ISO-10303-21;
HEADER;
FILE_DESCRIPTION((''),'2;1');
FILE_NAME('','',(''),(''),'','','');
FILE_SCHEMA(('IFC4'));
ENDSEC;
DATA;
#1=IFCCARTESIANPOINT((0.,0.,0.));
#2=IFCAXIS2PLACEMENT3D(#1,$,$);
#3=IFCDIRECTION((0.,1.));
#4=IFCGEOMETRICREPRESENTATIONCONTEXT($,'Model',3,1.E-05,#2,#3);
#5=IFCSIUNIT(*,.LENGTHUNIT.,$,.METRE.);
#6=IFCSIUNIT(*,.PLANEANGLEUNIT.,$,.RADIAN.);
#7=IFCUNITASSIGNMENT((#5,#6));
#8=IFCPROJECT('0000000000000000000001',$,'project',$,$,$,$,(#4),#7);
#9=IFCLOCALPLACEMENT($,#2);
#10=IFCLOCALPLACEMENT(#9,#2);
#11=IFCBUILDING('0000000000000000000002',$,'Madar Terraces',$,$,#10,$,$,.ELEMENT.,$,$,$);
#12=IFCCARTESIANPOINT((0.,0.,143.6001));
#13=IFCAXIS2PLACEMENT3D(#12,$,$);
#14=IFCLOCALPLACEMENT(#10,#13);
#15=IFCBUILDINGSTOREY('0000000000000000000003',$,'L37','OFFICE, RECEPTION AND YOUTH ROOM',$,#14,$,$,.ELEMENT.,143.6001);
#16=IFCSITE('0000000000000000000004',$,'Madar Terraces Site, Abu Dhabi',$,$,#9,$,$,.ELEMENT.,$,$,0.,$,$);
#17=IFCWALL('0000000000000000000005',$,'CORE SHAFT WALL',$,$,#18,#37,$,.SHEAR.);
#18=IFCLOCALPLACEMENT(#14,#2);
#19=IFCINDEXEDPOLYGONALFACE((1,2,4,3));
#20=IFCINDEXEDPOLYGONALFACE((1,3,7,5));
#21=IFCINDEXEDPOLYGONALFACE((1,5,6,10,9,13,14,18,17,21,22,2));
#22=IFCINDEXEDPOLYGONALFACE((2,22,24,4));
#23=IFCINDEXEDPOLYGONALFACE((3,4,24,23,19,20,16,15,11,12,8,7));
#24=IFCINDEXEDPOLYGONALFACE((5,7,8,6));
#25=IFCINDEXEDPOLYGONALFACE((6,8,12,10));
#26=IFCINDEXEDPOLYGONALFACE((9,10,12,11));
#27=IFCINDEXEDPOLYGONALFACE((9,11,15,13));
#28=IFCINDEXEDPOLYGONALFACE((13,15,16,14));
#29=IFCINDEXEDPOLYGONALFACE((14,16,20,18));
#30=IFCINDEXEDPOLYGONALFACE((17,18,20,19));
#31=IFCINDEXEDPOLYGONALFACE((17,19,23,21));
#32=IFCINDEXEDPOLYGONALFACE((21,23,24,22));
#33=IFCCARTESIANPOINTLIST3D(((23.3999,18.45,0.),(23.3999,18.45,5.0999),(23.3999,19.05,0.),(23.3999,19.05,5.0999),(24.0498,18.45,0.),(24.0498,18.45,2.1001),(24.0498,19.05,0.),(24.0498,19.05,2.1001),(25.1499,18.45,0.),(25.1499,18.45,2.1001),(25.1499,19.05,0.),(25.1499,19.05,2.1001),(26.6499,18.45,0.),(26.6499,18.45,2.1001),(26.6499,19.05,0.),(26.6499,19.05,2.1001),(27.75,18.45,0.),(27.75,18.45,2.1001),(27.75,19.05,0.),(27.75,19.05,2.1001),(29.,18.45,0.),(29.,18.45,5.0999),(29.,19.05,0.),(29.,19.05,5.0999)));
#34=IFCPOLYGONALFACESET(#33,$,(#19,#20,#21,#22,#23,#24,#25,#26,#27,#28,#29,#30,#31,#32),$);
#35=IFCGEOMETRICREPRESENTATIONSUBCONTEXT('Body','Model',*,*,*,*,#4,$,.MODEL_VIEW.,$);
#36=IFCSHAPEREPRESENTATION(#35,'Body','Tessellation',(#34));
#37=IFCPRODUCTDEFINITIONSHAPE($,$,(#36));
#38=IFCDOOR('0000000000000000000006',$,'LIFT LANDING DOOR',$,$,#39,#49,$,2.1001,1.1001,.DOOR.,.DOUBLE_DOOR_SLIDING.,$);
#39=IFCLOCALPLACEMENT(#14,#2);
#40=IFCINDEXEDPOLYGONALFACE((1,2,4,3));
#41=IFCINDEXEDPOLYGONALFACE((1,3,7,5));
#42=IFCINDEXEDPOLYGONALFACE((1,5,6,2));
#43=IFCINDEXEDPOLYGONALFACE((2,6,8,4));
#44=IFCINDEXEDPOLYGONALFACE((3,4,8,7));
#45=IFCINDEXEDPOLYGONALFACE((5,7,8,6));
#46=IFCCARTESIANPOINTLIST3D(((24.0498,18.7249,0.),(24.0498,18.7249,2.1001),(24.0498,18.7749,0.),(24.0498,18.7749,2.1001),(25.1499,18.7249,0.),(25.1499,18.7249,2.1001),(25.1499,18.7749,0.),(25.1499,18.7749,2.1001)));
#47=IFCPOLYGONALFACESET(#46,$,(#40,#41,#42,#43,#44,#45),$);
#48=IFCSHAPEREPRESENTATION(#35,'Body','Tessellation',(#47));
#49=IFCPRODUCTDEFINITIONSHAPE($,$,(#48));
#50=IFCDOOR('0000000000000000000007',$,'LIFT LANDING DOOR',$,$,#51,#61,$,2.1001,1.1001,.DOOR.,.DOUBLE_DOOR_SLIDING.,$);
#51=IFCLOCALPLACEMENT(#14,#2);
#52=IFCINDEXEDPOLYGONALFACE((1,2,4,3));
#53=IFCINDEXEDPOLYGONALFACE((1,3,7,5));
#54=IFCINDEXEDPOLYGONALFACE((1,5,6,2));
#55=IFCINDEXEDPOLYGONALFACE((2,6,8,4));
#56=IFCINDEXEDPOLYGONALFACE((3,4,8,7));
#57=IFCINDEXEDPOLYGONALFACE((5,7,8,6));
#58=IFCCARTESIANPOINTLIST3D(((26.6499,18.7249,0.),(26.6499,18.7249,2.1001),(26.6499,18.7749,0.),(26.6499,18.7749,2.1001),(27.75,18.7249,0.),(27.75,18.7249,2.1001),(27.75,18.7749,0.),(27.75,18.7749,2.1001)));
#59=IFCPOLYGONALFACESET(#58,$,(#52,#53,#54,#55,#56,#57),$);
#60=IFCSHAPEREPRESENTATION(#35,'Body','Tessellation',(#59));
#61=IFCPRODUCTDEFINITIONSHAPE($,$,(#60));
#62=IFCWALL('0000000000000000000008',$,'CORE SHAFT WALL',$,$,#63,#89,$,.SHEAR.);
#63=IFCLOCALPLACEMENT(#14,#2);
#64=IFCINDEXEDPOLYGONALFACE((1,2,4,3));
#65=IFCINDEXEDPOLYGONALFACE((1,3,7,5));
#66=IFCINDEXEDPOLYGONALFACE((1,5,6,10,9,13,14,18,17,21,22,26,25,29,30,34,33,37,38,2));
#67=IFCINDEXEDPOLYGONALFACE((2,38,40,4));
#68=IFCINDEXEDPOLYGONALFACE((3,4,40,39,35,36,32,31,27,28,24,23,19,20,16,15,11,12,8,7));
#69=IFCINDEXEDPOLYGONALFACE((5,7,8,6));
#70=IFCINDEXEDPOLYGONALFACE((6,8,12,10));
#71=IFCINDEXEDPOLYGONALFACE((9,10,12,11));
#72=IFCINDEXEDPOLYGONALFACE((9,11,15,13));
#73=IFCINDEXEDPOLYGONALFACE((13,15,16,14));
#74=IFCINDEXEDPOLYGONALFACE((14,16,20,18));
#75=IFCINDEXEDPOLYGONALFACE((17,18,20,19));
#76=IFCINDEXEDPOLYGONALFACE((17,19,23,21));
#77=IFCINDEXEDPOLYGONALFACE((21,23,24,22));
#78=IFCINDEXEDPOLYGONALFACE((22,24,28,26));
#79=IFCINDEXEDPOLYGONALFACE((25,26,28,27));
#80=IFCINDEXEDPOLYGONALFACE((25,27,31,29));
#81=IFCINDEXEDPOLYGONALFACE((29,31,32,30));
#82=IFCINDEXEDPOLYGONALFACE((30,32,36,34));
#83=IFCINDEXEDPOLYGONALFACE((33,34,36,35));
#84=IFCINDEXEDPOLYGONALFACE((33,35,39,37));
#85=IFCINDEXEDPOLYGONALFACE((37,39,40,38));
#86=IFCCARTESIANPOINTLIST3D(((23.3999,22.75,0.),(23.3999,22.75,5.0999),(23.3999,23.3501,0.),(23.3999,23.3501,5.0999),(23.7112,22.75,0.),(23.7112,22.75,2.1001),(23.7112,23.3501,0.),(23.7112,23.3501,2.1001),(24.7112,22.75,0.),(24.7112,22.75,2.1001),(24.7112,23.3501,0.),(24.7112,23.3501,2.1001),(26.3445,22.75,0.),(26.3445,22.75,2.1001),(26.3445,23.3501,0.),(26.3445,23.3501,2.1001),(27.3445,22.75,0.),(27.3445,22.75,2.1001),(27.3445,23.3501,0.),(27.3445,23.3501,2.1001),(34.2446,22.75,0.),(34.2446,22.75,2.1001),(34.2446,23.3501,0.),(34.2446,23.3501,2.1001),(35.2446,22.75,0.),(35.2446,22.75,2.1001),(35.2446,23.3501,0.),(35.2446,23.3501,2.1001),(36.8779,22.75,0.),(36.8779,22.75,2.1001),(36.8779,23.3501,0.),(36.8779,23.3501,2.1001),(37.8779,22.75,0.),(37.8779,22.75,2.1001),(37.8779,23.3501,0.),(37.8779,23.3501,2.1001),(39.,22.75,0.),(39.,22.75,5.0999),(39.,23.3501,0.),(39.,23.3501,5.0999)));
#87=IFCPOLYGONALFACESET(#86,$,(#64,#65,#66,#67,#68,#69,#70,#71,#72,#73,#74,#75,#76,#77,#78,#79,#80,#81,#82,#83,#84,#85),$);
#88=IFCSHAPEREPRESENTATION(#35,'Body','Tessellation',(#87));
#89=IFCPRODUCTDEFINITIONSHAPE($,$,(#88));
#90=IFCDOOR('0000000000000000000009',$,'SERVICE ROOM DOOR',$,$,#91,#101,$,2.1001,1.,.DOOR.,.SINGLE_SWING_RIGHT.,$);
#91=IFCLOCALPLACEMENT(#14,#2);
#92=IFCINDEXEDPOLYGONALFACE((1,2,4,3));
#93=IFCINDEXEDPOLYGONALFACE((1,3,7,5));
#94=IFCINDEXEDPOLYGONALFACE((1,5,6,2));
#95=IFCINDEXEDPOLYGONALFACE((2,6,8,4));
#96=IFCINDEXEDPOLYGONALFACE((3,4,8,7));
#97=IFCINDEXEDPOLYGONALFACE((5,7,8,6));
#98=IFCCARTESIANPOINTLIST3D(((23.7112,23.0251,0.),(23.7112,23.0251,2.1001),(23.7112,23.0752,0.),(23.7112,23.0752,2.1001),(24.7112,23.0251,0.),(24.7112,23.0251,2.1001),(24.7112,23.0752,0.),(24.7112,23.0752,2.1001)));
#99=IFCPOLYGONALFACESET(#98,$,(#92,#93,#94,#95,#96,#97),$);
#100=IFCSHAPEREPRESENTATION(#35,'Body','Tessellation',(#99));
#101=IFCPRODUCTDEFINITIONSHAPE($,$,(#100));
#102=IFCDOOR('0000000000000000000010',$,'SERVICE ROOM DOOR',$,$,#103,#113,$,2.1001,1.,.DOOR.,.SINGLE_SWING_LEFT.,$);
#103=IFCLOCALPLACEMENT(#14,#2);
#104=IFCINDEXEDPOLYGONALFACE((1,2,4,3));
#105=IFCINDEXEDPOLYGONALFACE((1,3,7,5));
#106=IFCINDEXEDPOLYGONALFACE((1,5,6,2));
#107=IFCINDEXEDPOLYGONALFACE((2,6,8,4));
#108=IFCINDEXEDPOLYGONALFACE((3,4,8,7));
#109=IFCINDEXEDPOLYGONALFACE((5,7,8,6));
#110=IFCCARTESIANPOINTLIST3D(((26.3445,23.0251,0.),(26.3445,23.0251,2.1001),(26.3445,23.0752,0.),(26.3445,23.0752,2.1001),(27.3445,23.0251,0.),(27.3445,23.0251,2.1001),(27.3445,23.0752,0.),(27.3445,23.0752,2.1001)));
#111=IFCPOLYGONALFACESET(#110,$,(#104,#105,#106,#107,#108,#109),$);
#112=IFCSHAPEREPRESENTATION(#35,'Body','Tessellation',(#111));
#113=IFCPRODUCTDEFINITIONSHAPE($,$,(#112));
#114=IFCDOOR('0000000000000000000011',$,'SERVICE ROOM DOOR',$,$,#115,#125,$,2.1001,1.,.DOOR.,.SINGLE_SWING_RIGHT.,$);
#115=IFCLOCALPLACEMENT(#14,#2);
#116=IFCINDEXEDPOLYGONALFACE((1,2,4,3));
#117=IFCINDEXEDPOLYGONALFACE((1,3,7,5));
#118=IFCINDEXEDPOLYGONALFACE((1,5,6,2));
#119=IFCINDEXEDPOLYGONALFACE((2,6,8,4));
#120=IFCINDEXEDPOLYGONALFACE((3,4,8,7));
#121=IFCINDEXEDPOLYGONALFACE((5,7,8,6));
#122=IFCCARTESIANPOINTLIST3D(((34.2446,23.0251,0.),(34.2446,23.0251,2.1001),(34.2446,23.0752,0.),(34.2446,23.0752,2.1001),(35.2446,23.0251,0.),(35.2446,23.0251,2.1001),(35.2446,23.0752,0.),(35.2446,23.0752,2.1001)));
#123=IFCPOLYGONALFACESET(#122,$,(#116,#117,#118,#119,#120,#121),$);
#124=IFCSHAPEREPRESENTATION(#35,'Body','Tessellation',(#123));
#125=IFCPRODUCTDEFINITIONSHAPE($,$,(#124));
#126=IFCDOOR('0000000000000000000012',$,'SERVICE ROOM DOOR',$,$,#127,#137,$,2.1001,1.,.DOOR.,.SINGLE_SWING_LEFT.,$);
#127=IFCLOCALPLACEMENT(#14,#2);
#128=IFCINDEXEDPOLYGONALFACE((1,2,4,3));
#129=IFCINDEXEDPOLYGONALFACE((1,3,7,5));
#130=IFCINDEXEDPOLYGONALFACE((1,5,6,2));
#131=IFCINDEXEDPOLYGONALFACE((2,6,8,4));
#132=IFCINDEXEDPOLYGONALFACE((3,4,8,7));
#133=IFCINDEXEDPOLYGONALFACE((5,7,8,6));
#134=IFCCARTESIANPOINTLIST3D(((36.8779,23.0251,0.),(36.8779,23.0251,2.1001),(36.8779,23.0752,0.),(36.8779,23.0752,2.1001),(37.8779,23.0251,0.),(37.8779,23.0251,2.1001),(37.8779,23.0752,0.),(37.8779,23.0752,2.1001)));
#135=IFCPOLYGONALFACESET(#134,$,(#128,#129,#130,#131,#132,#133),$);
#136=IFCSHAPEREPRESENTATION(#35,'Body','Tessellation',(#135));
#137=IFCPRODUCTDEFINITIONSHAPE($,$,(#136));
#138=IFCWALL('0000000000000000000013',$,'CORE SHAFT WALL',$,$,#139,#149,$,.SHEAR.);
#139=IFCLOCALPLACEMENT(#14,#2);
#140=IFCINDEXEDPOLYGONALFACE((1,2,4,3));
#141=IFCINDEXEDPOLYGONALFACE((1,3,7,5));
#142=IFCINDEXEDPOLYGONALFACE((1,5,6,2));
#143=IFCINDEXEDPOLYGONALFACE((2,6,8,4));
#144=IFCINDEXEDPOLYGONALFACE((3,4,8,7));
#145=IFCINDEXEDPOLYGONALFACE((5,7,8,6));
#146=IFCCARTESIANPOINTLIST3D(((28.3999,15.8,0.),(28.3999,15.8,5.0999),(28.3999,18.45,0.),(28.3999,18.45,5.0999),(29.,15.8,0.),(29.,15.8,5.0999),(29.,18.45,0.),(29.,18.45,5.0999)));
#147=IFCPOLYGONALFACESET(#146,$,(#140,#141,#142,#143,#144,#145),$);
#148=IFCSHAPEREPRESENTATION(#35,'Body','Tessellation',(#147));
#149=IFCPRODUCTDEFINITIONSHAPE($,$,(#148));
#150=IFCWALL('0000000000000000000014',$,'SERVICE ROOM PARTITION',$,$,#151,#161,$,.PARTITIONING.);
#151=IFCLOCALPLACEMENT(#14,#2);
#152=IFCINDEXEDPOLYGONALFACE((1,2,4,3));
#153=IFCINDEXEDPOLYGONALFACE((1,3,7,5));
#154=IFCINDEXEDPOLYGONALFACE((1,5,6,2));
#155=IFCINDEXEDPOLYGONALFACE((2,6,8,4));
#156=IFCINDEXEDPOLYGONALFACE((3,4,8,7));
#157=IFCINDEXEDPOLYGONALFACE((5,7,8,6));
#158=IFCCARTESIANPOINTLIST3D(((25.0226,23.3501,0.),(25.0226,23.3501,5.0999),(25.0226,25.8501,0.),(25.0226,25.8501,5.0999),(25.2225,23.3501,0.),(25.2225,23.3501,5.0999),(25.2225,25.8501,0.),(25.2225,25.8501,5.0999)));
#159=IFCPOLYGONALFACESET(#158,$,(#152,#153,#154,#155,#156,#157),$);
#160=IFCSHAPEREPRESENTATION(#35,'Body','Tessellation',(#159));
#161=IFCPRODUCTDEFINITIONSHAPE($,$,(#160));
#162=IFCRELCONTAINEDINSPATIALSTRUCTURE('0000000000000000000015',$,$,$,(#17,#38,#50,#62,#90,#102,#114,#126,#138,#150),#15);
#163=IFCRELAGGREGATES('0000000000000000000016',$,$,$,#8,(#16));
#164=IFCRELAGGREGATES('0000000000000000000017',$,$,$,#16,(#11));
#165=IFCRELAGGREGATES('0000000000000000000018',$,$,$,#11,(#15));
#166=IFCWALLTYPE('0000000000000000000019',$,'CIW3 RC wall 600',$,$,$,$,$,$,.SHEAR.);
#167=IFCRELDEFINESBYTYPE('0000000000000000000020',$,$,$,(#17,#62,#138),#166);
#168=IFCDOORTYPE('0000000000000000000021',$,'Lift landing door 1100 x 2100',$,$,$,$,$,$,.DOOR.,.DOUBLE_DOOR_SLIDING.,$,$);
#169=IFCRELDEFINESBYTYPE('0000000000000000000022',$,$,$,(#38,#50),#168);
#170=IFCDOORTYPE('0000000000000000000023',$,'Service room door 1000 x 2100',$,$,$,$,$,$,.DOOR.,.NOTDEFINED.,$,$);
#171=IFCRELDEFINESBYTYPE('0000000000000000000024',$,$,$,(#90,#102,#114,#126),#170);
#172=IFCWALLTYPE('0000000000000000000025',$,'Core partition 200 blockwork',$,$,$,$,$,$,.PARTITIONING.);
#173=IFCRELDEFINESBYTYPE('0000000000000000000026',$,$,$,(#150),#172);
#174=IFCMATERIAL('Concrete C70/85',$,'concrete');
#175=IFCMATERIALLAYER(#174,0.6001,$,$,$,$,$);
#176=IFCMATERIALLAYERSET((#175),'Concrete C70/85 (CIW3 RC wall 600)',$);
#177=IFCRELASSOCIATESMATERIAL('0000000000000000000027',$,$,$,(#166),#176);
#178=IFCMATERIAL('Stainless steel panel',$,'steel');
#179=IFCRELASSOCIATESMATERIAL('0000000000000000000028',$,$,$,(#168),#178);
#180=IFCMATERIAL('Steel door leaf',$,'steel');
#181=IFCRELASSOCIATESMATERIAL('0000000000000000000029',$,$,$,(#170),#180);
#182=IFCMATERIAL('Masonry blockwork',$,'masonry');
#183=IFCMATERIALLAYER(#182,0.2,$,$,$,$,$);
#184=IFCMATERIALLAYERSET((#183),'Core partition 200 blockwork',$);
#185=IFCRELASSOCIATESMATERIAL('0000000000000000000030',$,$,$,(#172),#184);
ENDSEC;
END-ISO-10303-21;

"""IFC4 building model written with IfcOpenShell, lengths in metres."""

from ifc_helpers import new_model, si_unit, direction, frame, frame_2d, origin, place, context, subcontext, project, spatial, rectangle, extrude, material, layer, layer_set, type_object, element, fill, save


model = new_model("IFC4")

# Units and contexts
model_context = context("Model", 3, precision=1e-05, world=origin(), true_north=direction((0.0, 1.0)))
body_context = subcontext(model_context, "Body", "Model", "MODEL_VIEW")
ifc_project = project(units=[si_unit("LENGTHUNIT", "METRE"), si_unit("PLANEANGLEUNIT", "RADIAN")], contexts=[model_context])

# Site, building, storey
site_placement = place(None, origin())
site = spatial("IfcSite", under=ifc_project, at=site_placement, Name="Madar Terraces Site, Abu Dhabi", CompositionType="ELEMENT", RefElevation=0.0)
building_placement = place(site_placement, origin())
building = spatial("IfcBuilding", under=site, at=building_placement, Name="Madar Terraces", CompositionType="ELEMENT")
storey_placement = place(building_placement, frame((0.0, 0.0, 143.6001)))
storey = spatial("IfcBuildingStorey", under=building, at=storey_placement, Name="L37", Description="OFFICE, RECEPTION AND YOUTH ROOM", CompositionType="ELEMENT", Elevation=143.6001)

# Shared definitions
ifc_material_1 = material(Name="Concrete C70/85", Category="concrete")
ifc_layer_1 = layer(ifc_material_1, 0.6001)
ifc_layer_set_1 = layer_set([ifc_layer_1], Name="Concrete C70/85 (CIW3 RC wall 600)")
wall_type_1 = type_object("IfcWallType", Name="CIW3 RC wall 600", PredefinedType="SHEAR", material=ifc_layer_set_1)

# Walls, openings, doors
wall_1_placement = place(storey_placement, frame((23.3999, 18.75, 0.0), z_axis=(0.0, 0.0, 1.0), x_axis=(1.0, 0.0, 0.0)))
wall_1 = element("IfcWall", 1, at=wall_1_placement, inside=storey, type_object=wall_type_1, Name="CORE SHAFT WALL", PredefinedType="SHEAR", context=body_context, shape_type="SweptSolid", body=[
    extrude(rectangle(XDim=5.6001, YDim=0.6001, at=frame_2d((2.8, 0.0))), origin(), (0.0, 0.0, 1.0), 5.0999),
])
opening_1_placement = place(wall_1_placement, frame((0.6499, 0.0, 0.0)))
opening_1 = element("IfcOpeningElement", 2, at=opening_1_placement, cuts=wall_1, PredefinedType="OPENING", context=body_context, shape_type="SweptSolid", body=[
    extrude(rectangle(XDim=1.1001, YDim=2.1001, at=frame_2d((0.55, 1.05))), frame((0.0, 0.3101, 0.0), z_axis=(0.0, -1.0, 0.0), x_axis=(1.0, 0.0, 0.0)), (0.0, 0.0, 1.0), 0.6201),
])
opening_2_placement = place(wall_1_placement, frame((3.25, 0.0, 0.0)))
opening_2 = element("IfcOpeningElement", 3, at=opening_2_placement, cuts=wall_1, PredefinedType="OPENING", context=body_context, shape_type="SweptSolid", body=[
    extrude(rectangle(XDim=1.1001, YDim=2.1001, at=frame_2d((0.55, 1.05))), frame((0.0, 0.3101, 0.0), z_axis=(0.0, -1.0, 0.0), x_axis=(1.0, 0.0, 0.0)), (0.0, 0.0, 1.0), 0.6201),
])
ifc_material_2 = material(Name="Stainless steel panel", Category="steel")
door_type_1 = type_object("IfcDoorType", Name="Lift landing door 1100 x 2100", OperationType="DOUBLE_DOOR_SLIDING", PredefinedType="DOOR", material=ifc_material_2)
door_1_placement = place(opening_1_placement, origin())
door_1 = element("IfcDoor", 4, at=door_1_placement, inside=storey, type_object=door_type_1, Name="LIFT LANDING DOOR", OperationType="DOUBLE_DOOR_SLIDING", OverallHeight=2.1001, OverallWidth=1.1001, PredefinedType="DOOR", context=body_context, shape_type="SweptSolid", body=[
    extrude(rectangle(XDim=1.1001, YDim=2.1001, at=frame_2d((0.55, 1.05))), frame((0.0, 0.0249, 0.0), z_axis=(0.0, -1.0, 0.0), x_axis=(1.0, 0.0, 0.0)), (0.0, 0.0, 1.0), 0.05),
])
fill(opening_1, door_1)
door_2_placement = place(opening_2_placement, origin())
door_2 = element("IfcDoor", 5, at=door_2_placement, inside=storey, type_object=door_type_1, Name="LIFT LANDING DOOR", OperationType="DOUBLE_DOOR_SLIDING", OverallHeight=2.1001, OverallWidth=1.1001, PredefinedType="DOOR", context=body_context, shape_type="SweptSolid", body=[
    extrude(rectangle(XDim=1.1001, YDim=2.1001, at=frame_2d((0.55, 1.05))), frame((0.0, 0.0249, 0.0), z_axis=(0.0, -1.0, 0.0), x_axis=(1.0, 0.0, 0.0)), (0.0, 0.0, 1.0), 0.05),
])
fill(opening_2, door_2)
wall_2_placement = place(storey_placement, frame((23.3999, 23.05, 0.0), z_axis=(0.0, 0.0, 1.0), x_axis=(1.0, 0.0, 0.0)))
wall_2 = element("IfcWall", 6, at=wall_2_placement, inside=storey, type_object=wall_type_1, Name="CORE SHAFT WALL", PredefinedType="SHEAR", context=body_context, shape_type="SweptSolid", body=[
    extrude(rectangle(XDim=15.6001, YDim=0.6001, at=frame_2d((7.8, 0.0))), origin(), (0.0, 0.0, 1.0), 5.0999),
])
opening_3_placement = place(wall_2_placement, frame((0.3113, 0.0, 0.0)))
opening_3 = element("IfcOpeningElement", 7, at=opening_3_placement, cuts=wall_2, PredefinedType="OPENING", context=body_context, shape_type="SweptSolid", body=[
    extrude(rectangle(XDim=1.0, YDim=2.1001, at=frame_2d((0.5, 1.05))), frame((0.0, 0.3101, 0.0), z_axis=(0.0, -1.0, 0.0), x_axis=(1.0, 0.0, 0.0)), (0.0, 0.0, 1.0), 0.6201),
])
opening_4_placement = place(wall_2_placement, frame((2.9446, 0.0, 0.0)))
opening_4 = element("IfcOpeningElement", 8, at=opening_4_placement, cuts=wall_2, PredefinedType="OPENING", context=body_context, shape_type="SweptSolid", body=[
    extrude(rectangle(XDim=1.0, YDim=2.1001, at=frame_2d((0.5, 1.05))), frame((0.0, 0.3101, 0.0), z_axis=(0.0, -1.0, 0.0), x_axis=(1.0, 0.0, 0.0)), (0.0, 0.0, 1.0), 0.6201),
])
opening_5_placement = place(wall_2_placement, frame((10.8447, 0.0, 0.0)))
opening_5 = element("IfcOpeningElement", 9, at=opening_5_placement, cuts=wall_2, PredefinedType="OPENING", context=body_context, shape_type="SweptSolid", body=[
    extrude(rectangle(XDim=1.0, YDim=2.1001, at=frame_2d((0.5, 1.05))), frame((0.0, 0.3101, 0.0), z_axis=(0.0, -1.0, 0.0), x_axis=(1.0, 0.0, 0.0)), (0.0, 0.0, 1.0), 0.6201),
])
opening_6_placement = place(wall_2_placement, frame((13.478, 0.0, 0.0)))
opening_6 = element("IfcOpeningElement", 10, at=opening_6_placement, cuts=wall_2, PredefinedType="OPENING", context=body_context, shape_type="SweptSolid", body=[
    extrude(rectangle(XDim=1.0, YDim=2.1001, at=frame_2d((0.5, 1.05))), frame((0.0, 0.3101, 0.0), z_axis=(0.0, -1.0, 0.0), x_axis=(1.0, 0.0, 0.0)), (0.0, 0.0, 1.0), 0.6201),
])
ifc_material_3 = material(Name="Steel door leaf", Category="steel")
door_type_2 = type_object("IfcDoorType", Name="Service room door 1000 x 2100", OperationType="NOTDEFINED", PredefinedType="DOOR", material=ifc_material_3)
door_3_placement = place(opening_3_placement, frame((1.0, 0.0, 0.0), z_axis=(0.0, 0.0, 1.0), x_axis=(-1.0, 0.0, 0.0)))
door_3 = element("IfcDoor", 11, at=door_3_placement, inside=storey, type_object=door_type_2, Name="SERVICE ROOM DOOR", OperationType="SINGLE_SWING_RIGHT", OverallHeight=2.1001, OverallWidth=1.0, PredefinedType="DOOR", context=body_context, shape_type="SweptSolid", body=[
    extrude(rectangle(XDim=1.0, YDim=2.1001, at=frame_2d((0.5, 1.05))), frame((0.0, 0.0249, 0.0), z_axis=(0.0, -1.0, 0.0), x_axis=(1.0, 0.0, 0.0)), (0.0, 0.0, 1.0), 0.05),
])
fill(opening_3, door_3)
door_4_placement = place(opening_4_placement, frame((1.0, 0.0, 0.0), z_axis=(0.0, 0.0, 1.0), x_axis=(-1.0, 0.0, 0.0)))
door_4 = element("IfcDoor", 12, at=door_4_placement, inside=storey, type_object=door_type_2, Name="SERVICE ROOM DOOR", OperationType="SINGLE_SWING_LEFT", OverallHeight=2.1001, OverallWidth=1.0, PredefinedType="DOOR", context=body_context, shape_type="SweptSolid", body=[
    extrude(rectangle(XDim=1.0, YDim=2.1001, at=frame_2d((0.5, 1.05))), frame((0.0, 0.0249, 0.0), z_axis=(0.0, -1.0, 0.0), x_axis=(1.0, 0.0, 0.0)), (0.0, 0.0, 1.0), 0.05),
])
fill(opening_4, door_4)
door_5_placement = place(opening_5_placement, frame((1.0, 0.0, 0.0), z_axis=(0.0, 0.0, 1.0), x_axis=(-1.0, 0.0, 0.0)))
door_5 = element("IfcDoor", 13, at=door_5_placement, inside=storey, type_object=door_type_2, Name="SERVICE ROOM DOOR", OperationType="SINGLE_SWING_RIGHT", OverallHeight=2.1001, OverallWidth=1.0, PredefinedType="DOOR", context=body_context, shape_type="SweptSolid", body=[
    extrude(rectangle(XDim=1.0, YDim=2.1001, at=frame_2d((0.5, 1.05))), frame((0.0, 0.0249, 0.0), z_axis=(0.0, -1.0, 0.0), x_axis=(1.0, 0.0, 0.0)), (0.0, 0.0, 1.0), 0.05),
])
fill(opening_5, door_5)
door_6_placement = place(opening_6_placement, frame((1.0, 0.0, 0.0), z_axis=(0.0, 0.0, 1.0), x_axis=(-1.0, 0.0, 0.0)))
door_6 = element("IfcDoor", 14, at=door_6_placement, inside=storey, type_object=door_type_2, Name="SERVICE ROOM DOOR", OperationType="SINGLE_SWING_LEFT", OverallHeight=2.1001, OverallWidth=1.0, PredefinedType="DOOR", context=body_context, shape_type="SweptSolid", body=[
    extrude(rectangle(XDim=1.0, YDim=2.1001, at=frame_2d((0.5, 1.05))), frame((0.0, 0.0249, 0.0), z_axis=(0.0, -1.0, 0.0), x_axis=(1.0, 0.0, 0.0)), (0.0, 0.0, 1.0), 0.05),
])
fill(opening_6, door_6)

# Walls
wall_3_placement = place(storey_placement, frame((28.7, 15.8, 0.0), z_axis=(0.0, 0.0, 1.0), x_axis=(0.0, 1.0, 0.0)))
element("IfcWall", 15, at=wall_3_placement, inside=storey, type_object=wall_type_1, Name="CORE SHAFT WALL", PredefinedType="SHEAR", context=body_context, shape_type="SweptSolid", body=[
    extrude(rectangle(XDim=2.6499, YDim=0.6001, at=frame_2d((1.325, 0.0))), origin(), (0.0, 0.0, 1.0), 5.0999),
])
ifc_material_4 = material(Name="Masonry blockwork", Category="masonry")
ifc_layer_2 = layer(ifc_material_4, 0.2)
ifc_layer_set_2 = layer_set([ifc_layer_2], Name="Core partition 200 blockwork")
wall_type_2 = type_object("IfcWallType", Name="Core partition 200 blockwork", PredefinedType="PARTITIONING", material=ifc_layer_set_2)
wall_4_placement = place(storey_placement, frame((25.1226, 23.3501, 0.0), z_axis=(0.0, 0.0, 1.0), x_axis=(0.0, 1.0, 0.0)))
element("IfcWall", 16, at=wall_4_placement, inside=storey, type_object=wall_type_2, Name="SERVICE ROOM PARTITION", PredefinedType="PARTITIONING", context=body_context, shape_type="SweptSolid", body=[
    extrude(rectangle(XDim=2.5, YDim=0.2, at=frame_2d((1.25, 0.0))), origin(), (0.0, 0.0, 1.0), 5.0999),
])

save(model, "model.ifc")
